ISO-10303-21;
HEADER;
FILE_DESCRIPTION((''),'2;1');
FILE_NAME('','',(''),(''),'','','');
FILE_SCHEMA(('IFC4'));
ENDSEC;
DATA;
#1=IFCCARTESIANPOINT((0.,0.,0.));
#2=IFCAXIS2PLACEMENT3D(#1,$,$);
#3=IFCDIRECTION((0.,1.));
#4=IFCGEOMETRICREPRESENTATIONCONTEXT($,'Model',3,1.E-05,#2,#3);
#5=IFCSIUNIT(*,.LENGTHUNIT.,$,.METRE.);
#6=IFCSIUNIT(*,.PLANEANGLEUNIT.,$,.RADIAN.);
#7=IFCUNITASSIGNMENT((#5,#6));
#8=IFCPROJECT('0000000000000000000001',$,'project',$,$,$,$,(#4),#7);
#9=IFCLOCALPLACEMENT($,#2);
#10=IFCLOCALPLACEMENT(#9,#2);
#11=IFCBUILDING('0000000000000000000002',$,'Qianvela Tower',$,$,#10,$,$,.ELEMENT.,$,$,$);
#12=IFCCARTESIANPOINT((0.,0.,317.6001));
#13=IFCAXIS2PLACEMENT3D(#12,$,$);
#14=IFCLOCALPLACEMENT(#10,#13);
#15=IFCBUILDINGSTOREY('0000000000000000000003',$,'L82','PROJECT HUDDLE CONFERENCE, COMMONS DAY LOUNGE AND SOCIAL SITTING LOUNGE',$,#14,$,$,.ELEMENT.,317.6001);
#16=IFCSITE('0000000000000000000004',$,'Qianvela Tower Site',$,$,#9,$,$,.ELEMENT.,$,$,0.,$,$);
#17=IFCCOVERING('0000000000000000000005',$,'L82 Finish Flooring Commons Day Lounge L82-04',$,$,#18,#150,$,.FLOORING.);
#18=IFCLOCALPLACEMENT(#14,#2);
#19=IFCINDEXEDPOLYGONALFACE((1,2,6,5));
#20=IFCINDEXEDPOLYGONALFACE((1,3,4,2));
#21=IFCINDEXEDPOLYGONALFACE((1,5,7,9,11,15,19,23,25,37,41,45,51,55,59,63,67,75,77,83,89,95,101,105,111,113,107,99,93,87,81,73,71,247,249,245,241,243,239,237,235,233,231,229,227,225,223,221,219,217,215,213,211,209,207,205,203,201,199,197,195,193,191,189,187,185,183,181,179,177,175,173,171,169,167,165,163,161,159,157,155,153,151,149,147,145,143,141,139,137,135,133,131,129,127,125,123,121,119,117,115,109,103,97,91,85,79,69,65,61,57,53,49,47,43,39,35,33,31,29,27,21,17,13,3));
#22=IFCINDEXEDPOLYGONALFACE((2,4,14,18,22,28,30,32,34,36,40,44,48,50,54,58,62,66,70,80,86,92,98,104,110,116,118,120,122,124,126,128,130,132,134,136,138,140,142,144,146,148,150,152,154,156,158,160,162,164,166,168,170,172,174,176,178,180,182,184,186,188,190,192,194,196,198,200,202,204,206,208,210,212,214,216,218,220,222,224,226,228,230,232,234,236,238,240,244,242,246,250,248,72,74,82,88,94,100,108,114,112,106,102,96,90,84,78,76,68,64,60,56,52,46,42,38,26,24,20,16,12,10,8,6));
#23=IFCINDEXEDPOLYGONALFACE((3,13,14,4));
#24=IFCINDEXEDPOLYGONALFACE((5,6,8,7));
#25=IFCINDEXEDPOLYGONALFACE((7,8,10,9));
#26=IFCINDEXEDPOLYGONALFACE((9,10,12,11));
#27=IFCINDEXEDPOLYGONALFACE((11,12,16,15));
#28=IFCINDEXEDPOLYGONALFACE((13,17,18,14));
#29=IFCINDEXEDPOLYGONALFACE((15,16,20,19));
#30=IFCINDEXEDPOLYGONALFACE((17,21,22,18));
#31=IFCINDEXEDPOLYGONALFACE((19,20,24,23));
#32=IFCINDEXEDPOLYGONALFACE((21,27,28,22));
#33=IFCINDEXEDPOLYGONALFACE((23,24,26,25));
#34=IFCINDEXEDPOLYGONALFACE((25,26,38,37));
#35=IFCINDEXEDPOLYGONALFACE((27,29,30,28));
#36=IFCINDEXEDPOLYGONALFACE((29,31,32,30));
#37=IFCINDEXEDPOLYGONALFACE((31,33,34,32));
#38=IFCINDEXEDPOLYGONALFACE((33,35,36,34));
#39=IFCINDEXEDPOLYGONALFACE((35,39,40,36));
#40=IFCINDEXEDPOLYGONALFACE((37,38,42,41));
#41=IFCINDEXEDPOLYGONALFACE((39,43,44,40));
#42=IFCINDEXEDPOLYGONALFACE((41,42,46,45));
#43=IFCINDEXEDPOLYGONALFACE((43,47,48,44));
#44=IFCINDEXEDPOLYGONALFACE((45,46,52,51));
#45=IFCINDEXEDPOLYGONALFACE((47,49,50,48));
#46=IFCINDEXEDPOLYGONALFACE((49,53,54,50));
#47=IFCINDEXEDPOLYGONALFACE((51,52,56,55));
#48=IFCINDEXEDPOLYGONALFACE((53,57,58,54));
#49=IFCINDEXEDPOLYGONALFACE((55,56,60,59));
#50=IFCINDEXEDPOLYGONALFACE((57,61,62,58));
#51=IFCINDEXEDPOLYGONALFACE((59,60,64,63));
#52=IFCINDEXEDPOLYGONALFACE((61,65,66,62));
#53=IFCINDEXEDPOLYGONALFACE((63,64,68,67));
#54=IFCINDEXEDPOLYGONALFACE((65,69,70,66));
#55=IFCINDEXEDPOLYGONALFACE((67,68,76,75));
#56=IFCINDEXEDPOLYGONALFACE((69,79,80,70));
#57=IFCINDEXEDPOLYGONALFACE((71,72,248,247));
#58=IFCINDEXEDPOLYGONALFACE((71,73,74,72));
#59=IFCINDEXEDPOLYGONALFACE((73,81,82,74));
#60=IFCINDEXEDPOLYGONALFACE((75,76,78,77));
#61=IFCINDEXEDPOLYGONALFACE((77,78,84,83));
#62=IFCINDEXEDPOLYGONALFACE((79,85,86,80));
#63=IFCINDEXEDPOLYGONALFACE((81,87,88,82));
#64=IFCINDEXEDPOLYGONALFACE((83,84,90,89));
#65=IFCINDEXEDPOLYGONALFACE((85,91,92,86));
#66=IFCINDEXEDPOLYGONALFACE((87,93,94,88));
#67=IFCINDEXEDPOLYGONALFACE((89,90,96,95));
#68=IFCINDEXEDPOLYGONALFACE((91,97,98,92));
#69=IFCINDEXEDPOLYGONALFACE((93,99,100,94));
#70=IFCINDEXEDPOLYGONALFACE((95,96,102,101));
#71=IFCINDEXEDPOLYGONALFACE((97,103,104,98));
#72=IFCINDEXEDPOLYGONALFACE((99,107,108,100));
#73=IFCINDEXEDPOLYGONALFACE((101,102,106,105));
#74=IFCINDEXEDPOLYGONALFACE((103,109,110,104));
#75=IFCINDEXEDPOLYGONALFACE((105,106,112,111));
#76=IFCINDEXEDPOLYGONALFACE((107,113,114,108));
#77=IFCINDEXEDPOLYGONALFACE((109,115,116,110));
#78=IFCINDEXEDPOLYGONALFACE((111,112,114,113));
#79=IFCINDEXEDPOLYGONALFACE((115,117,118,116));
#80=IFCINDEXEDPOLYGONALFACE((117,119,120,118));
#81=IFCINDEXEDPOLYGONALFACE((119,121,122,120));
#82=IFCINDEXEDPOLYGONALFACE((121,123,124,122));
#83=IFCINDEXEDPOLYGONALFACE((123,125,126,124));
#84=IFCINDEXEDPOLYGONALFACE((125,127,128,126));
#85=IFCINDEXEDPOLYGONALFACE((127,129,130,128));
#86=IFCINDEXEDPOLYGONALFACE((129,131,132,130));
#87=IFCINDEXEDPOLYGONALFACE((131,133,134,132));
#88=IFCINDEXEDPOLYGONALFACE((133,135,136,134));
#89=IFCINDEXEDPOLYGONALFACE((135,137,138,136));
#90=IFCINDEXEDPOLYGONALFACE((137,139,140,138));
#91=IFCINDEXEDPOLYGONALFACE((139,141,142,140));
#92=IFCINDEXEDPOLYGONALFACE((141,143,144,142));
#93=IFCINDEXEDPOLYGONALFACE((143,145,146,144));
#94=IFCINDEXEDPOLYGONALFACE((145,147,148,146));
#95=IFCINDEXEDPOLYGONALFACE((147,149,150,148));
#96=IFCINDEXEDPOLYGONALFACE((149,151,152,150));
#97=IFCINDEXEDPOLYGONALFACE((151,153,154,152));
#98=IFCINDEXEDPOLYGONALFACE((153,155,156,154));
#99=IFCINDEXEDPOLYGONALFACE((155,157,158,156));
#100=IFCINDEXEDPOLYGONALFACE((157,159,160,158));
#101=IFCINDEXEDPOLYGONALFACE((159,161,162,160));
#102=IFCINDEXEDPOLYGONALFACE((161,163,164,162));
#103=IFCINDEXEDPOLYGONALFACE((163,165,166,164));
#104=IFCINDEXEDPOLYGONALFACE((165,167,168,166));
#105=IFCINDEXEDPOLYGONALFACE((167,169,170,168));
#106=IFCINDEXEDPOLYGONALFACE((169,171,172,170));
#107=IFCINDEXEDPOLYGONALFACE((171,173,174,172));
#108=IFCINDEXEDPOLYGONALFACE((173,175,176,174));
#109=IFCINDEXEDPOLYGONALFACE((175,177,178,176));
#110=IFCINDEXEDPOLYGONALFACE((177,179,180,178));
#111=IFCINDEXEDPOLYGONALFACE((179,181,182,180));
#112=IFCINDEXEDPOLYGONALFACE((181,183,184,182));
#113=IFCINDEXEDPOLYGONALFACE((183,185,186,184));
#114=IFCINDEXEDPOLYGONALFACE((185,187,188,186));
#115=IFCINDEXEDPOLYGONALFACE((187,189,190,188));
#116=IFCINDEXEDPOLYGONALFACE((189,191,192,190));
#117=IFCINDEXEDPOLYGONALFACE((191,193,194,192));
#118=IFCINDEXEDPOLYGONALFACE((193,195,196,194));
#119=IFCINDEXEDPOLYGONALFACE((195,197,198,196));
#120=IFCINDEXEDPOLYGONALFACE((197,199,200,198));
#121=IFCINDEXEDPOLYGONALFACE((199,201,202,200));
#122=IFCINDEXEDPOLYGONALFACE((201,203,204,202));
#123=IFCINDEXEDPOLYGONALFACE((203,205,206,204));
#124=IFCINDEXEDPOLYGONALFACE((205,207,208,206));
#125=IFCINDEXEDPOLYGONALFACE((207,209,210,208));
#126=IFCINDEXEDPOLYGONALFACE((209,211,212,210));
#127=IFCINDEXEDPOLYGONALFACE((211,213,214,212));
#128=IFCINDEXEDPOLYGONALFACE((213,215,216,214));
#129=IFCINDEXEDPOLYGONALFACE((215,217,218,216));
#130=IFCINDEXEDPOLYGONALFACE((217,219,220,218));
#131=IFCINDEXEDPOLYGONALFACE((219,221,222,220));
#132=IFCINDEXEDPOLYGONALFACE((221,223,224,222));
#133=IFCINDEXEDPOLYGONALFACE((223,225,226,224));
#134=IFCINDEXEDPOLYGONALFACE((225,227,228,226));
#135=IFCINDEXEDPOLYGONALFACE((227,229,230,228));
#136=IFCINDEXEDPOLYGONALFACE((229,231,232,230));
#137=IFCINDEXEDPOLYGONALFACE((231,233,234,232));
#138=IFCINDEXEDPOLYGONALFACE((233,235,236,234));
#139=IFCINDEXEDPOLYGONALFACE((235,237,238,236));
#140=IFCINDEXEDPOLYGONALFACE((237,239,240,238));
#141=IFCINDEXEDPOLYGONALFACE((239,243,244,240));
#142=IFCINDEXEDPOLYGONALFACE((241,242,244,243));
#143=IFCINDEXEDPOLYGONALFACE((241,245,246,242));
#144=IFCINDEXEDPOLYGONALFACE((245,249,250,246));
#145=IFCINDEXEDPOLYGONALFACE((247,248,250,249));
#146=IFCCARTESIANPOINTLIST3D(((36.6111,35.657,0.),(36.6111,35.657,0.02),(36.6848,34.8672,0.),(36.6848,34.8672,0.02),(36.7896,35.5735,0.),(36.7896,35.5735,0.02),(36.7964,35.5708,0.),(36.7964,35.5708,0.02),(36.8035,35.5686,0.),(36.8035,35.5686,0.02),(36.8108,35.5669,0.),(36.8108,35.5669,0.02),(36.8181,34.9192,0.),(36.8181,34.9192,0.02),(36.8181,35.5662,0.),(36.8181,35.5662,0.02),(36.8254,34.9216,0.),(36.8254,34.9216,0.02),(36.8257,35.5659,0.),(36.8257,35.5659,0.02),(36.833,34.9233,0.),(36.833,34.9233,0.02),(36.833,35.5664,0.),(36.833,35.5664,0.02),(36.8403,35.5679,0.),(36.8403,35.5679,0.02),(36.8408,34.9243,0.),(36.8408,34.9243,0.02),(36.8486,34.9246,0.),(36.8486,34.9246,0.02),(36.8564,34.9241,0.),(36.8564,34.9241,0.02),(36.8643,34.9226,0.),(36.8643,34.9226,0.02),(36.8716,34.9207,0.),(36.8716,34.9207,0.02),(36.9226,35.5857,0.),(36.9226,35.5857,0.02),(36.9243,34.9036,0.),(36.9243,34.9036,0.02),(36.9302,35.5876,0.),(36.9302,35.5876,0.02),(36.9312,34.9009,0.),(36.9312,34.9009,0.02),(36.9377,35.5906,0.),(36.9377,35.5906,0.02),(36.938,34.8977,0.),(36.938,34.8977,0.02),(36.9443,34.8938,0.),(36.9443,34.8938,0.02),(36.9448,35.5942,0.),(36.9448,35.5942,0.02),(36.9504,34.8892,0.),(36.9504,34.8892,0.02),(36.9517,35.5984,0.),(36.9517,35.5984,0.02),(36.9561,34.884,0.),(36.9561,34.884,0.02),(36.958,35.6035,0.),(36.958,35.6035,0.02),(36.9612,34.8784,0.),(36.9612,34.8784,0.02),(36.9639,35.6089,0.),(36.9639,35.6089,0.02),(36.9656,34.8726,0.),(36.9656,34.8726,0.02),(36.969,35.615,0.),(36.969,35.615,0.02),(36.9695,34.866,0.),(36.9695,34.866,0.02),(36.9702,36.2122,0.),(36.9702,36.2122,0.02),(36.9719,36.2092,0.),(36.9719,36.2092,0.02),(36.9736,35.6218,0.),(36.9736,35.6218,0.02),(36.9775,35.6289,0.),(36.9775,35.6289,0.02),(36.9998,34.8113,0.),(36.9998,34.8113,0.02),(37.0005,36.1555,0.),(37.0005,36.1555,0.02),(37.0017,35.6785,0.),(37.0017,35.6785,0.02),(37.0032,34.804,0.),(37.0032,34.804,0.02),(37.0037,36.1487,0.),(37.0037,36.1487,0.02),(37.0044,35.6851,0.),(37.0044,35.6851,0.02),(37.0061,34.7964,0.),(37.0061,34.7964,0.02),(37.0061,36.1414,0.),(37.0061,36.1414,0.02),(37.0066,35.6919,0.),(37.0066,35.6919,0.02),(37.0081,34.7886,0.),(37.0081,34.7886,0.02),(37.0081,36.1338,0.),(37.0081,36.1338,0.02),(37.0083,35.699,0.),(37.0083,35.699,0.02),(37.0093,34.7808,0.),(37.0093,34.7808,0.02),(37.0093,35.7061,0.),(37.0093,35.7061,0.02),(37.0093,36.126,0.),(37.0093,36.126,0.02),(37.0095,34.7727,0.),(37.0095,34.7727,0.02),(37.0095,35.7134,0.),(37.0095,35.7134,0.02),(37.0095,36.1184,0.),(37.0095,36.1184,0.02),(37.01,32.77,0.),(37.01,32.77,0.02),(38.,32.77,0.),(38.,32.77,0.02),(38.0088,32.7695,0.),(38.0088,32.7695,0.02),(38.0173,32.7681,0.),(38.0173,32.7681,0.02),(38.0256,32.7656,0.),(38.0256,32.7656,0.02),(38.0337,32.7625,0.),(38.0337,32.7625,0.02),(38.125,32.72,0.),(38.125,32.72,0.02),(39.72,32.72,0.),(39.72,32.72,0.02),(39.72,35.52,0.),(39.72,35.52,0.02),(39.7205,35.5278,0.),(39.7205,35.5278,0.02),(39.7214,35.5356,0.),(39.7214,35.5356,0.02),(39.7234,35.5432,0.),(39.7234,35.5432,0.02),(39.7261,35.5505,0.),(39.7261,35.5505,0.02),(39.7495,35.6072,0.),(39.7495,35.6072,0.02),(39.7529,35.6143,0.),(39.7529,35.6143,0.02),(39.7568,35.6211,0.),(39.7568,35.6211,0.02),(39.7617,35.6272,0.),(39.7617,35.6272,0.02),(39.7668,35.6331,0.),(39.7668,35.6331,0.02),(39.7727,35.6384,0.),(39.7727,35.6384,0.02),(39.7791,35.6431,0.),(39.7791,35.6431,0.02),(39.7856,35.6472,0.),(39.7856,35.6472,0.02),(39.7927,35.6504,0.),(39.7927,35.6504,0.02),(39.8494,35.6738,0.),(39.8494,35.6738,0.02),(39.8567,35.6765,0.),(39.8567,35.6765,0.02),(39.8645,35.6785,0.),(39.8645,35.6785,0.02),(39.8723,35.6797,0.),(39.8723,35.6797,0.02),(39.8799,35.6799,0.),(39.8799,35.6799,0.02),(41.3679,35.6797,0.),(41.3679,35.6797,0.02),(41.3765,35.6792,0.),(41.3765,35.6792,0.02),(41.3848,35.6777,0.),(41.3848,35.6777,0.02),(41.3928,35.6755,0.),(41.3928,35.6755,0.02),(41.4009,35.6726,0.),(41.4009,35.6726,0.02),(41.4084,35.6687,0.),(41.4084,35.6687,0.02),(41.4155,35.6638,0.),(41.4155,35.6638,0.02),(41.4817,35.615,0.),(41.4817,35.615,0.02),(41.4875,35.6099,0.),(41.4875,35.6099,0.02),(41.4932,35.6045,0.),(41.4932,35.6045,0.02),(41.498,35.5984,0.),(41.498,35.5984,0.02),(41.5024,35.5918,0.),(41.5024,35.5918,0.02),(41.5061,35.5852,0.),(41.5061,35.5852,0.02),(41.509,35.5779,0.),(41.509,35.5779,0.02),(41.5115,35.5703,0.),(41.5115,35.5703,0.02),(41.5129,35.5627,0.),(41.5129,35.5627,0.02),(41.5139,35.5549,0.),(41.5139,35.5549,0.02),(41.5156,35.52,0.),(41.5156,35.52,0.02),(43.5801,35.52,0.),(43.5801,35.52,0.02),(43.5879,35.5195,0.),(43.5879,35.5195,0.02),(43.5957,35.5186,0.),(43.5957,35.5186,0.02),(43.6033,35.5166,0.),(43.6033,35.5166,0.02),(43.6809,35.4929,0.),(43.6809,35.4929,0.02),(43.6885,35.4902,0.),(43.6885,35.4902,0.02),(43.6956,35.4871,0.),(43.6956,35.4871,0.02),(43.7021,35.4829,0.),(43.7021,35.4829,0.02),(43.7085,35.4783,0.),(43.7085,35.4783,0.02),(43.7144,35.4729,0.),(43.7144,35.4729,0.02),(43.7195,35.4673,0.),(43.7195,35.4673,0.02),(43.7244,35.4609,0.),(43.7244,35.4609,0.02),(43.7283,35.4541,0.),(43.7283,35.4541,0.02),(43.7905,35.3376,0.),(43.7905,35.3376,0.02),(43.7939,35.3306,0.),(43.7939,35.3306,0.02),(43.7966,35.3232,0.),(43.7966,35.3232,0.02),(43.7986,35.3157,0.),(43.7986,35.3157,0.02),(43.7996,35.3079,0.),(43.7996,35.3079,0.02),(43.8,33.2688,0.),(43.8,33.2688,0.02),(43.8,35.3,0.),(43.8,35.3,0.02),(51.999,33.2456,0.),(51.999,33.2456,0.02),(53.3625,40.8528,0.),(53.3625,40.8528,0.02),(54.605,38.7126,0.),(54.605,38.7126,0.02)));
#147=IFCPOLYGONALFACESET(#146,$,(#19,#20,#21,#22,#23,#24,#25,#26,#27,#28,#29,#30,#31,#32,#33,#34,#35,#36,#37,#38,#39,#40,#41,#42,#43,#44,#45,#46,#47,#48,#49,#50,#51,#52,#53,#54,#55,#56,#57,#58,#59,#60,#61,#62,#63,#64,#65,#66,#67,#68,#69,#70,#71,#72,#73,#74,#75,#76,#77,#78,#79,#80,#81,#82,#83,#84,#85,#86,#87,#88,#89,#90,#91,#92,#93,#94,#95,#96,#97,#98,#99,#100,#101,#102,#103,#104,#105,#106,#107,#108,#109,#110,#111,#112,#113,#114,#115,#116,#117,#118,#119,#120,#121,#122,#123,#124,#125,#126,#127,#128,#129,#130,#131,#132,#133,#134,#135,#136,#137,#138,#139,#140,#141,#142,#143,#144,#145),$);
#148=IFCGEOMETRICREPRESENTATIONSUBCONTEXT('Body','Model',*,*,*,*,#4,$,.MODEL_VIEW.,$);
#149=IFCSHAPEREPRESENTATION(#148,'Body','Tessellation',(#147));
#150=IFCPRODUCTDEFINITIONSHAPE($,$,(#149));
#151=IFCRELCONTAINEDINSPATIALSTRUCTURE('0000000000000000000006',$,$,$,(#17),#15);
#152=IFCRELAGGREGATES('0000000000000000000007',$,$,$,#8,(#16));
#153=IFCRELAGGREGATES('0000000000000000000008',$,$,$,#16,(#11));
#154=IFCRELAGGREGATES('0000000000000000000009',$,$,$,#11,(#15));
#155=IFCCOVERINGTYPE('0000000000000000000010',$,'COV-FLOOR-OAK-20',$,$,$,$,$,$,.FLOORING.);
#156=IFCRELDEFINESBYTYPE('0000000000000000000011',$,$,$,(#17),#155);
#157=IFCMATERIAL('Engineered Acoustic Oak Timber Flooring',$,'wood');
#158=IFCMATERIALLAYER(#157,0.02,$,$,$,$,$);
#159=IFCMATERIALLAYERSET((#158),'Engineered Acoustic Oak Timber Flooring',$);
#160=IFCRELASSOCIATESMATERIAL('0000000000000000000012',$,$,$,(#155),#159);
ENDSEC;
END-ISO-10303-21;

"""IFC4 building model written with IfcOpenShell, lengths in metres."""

from ifc_helpers import new_model, si_unit, direction, frame, origin, place, context, subcontext, project, spatial, polyline, outline, extrude, material, layer, layer_set, type_object, element, save


model = new_model("IFC4")

# Units and contexts
model_context = context("Model", 3, precision=1e-05, world=origin(), true_north=direction((0.0, 1.0)))
body_context = subcontext(model_context, "Body", "Model", "MODEL_VIEW")
ifc_project = project(units=[si_unit("LENGTHUNIT", "METRE"), si_unit("PLANEANGLEUNIT", "RADIAN")], contexts=[model_context])

# Site, building, storey
site_placement = place(None, origin())
site = spatial("IfcSite", under=ifc_project, at=site_placement, Name="Qianvela Tower Site", CompositionType="ELEMENT", RefElevation=0.0)
building_placement = place(site_placement, origin())
building = spatial("IfcBuilding", under=site, at=building_placement, Name="Qianvela Tower", CompositionType="ELEMENT")
storey_placement = place(building_placement, frame((0.0, 0.0, 317.6001)))
storey = spatial("IfcBuildingStorey", under=building, at=storey_placement, Name="L82", Description="PROJECT HUDDLE CONFERENCE, COMMONS DAY LOUNGE AND SOCIAL SITTING LOUNGE", CompositionType="ELEMENT", Elevation=317.6001)

# Covering
ifc_material_1 = material(Name="Engineered Acoustic Oak Timber Flooring", Category="wood")
ifc_layer_1 = layer(ifc_material_1, 0.02)
ifc_layer_set_1 = layer_set([ifc_layer_1], Name="Engineered Acoustic Oak Timber Flooring")
covering_type_1 = type_object("IfcCoveringType", Name="COV-FLOOR-OAK-20", PredefinedType="FLOORING", material=ifc_layer_set_1)
covering_1_placement = place(storey_placement, origin())
element("IfcCovering", 1, at=covering_1_placement, inside=storey, type_object=covering_type_1, Name="L82 Finish Flooring Commons Day Lounge L82-04", PredefinedType="FLOORING", context=body_context, shape_type="SweptSolid", body=[
    extrude(outline(polyline([(36.9702, 36.2122), (53.3625, 40.8528), (54.605, 38.7126), (51.999, 33.2456), (43.8, 33.2688), (43.8, 35.3), (43.7996, 35.3079), (43.7986, 35.3157), (43.7966, 35.3232), (43.7939, 35.3306), (43.7905, 35.3376), (43.7283, 35.4541), (43.7244, 35.4609), (43.7195, 35.4673), (43.7144, 35.4729), (43.7085, 35.4783), (43.7021, 35.4829), (43.6956, 35.4871), (43.6885, 35.4902), (43.6809, 35.4929), (43.6033, 35.5166), (43.5957, 35.5186), (43.5879, 35.5195), (43.5801, 35.52), (41.5156, 35.52), (41.5139, 35.5549), (41.5129, 35.5627), (41.5115, 35.5703), (41.509, 35.5779), (41.5061, 35.5852), (41.5024, 35.5918), (41.498, 35.5984), (41.4932, 35.6045), (41.4875, 35.6099), (41.4817, 35.615), (41.4155, 35.6638), (41.4084, 35.6687), (41.4009, 35.6726), (41.3928, 35.6755), (41.3848, 35.6777), (41.3765, 35.6792), (41.3679, 35.6797), (39.8799, 35.6799), (39.8723, 35.6797), (39.8645, 35.6785), (39.8567, 35.6765), (39.8494, 35.6738), (39.7927, 35.6504), (39.7856, 35.6472), (39.7791, 35.6431), (39.7727, 35.6384), (39.7668, 35.6331), (39.7617, 35.6272), (39.7568, 35.6211), (39.7529, 35.6143), (39.7495, 35.6072), (39.7261, 35.5505), (39.7234, 35.5432), (39.7214, 35.5356), (39.7205, 35.5278), (39.72, 35.52), (39.72, 32.72), (38.125, 32.72), (38.0337, 32.7625), (38.0256, 32.7656), (38.0173, 32.7681), (38.0088, 32.7695), (38.0, 32.77), (37.01, 32.77), (37.0095, 34.7727), (37.0093, 34.7808), (37.0081, 34.7886), (37.0061, 34.7964), (37.0032, 34.804), (36.9998, 34.8113), (36.9695, 34.866), (36.9656, 34.8726), (36.9612, 34.8784), (36.9561, 34.884), (36.9504, 34.8892), (36.9443, 34.8938), (36.938, 34.8977), (36.9312, 34.9009), (36.9243, 34.9036), (36.8716, 34.9207), (36.8643, 34.9226), (36.8564, 34.9241), (36.8486, 34.9246), (36.8408, 34.9243), (36.833, 34.9233), (36.8254, 34.9216), (36.8181, 34.9192), (36.6848, 34.8672), (36.6111, 35.657), (36.7896, 35.5735), (36.7964, 35.5708), (36.8035, 35.5686), (36.8108, 35.5669), (36.8181, 35.5662), (36.8257, 35.5659), (36.833, 35.5664), (36.8403, 35.5679), (36.9226, 35.5857), (36.9302, 35.5876), (36.9377, 35.5906), (36.9448, 35.5942), (36.9517, 35.5984), (36.958, 35.6035), (36.9639, 35.6089), (36.969, 35.615), (36.9736, 35.6218), (36.9775, 35.6289), (37.0017, 35.6785), (37.0044, 35.6851), (37.0066, 35.6919), (37.0083, 35.699), (37.0093, 35.7061), (37.0095, 35.7134), (37.0095, 36.1184), (37.0093, 36.126), (37.0081, 36.1338), (37.0061, 36.1414), (37.0037, 36.1487), (37.0005, 36.1555), (36.9719, 36.2092), (36.9702, 36.2122)])), origin(), (0.0, 0.0, 1.0), 0.02),
])

save(model, "model.ifc")
